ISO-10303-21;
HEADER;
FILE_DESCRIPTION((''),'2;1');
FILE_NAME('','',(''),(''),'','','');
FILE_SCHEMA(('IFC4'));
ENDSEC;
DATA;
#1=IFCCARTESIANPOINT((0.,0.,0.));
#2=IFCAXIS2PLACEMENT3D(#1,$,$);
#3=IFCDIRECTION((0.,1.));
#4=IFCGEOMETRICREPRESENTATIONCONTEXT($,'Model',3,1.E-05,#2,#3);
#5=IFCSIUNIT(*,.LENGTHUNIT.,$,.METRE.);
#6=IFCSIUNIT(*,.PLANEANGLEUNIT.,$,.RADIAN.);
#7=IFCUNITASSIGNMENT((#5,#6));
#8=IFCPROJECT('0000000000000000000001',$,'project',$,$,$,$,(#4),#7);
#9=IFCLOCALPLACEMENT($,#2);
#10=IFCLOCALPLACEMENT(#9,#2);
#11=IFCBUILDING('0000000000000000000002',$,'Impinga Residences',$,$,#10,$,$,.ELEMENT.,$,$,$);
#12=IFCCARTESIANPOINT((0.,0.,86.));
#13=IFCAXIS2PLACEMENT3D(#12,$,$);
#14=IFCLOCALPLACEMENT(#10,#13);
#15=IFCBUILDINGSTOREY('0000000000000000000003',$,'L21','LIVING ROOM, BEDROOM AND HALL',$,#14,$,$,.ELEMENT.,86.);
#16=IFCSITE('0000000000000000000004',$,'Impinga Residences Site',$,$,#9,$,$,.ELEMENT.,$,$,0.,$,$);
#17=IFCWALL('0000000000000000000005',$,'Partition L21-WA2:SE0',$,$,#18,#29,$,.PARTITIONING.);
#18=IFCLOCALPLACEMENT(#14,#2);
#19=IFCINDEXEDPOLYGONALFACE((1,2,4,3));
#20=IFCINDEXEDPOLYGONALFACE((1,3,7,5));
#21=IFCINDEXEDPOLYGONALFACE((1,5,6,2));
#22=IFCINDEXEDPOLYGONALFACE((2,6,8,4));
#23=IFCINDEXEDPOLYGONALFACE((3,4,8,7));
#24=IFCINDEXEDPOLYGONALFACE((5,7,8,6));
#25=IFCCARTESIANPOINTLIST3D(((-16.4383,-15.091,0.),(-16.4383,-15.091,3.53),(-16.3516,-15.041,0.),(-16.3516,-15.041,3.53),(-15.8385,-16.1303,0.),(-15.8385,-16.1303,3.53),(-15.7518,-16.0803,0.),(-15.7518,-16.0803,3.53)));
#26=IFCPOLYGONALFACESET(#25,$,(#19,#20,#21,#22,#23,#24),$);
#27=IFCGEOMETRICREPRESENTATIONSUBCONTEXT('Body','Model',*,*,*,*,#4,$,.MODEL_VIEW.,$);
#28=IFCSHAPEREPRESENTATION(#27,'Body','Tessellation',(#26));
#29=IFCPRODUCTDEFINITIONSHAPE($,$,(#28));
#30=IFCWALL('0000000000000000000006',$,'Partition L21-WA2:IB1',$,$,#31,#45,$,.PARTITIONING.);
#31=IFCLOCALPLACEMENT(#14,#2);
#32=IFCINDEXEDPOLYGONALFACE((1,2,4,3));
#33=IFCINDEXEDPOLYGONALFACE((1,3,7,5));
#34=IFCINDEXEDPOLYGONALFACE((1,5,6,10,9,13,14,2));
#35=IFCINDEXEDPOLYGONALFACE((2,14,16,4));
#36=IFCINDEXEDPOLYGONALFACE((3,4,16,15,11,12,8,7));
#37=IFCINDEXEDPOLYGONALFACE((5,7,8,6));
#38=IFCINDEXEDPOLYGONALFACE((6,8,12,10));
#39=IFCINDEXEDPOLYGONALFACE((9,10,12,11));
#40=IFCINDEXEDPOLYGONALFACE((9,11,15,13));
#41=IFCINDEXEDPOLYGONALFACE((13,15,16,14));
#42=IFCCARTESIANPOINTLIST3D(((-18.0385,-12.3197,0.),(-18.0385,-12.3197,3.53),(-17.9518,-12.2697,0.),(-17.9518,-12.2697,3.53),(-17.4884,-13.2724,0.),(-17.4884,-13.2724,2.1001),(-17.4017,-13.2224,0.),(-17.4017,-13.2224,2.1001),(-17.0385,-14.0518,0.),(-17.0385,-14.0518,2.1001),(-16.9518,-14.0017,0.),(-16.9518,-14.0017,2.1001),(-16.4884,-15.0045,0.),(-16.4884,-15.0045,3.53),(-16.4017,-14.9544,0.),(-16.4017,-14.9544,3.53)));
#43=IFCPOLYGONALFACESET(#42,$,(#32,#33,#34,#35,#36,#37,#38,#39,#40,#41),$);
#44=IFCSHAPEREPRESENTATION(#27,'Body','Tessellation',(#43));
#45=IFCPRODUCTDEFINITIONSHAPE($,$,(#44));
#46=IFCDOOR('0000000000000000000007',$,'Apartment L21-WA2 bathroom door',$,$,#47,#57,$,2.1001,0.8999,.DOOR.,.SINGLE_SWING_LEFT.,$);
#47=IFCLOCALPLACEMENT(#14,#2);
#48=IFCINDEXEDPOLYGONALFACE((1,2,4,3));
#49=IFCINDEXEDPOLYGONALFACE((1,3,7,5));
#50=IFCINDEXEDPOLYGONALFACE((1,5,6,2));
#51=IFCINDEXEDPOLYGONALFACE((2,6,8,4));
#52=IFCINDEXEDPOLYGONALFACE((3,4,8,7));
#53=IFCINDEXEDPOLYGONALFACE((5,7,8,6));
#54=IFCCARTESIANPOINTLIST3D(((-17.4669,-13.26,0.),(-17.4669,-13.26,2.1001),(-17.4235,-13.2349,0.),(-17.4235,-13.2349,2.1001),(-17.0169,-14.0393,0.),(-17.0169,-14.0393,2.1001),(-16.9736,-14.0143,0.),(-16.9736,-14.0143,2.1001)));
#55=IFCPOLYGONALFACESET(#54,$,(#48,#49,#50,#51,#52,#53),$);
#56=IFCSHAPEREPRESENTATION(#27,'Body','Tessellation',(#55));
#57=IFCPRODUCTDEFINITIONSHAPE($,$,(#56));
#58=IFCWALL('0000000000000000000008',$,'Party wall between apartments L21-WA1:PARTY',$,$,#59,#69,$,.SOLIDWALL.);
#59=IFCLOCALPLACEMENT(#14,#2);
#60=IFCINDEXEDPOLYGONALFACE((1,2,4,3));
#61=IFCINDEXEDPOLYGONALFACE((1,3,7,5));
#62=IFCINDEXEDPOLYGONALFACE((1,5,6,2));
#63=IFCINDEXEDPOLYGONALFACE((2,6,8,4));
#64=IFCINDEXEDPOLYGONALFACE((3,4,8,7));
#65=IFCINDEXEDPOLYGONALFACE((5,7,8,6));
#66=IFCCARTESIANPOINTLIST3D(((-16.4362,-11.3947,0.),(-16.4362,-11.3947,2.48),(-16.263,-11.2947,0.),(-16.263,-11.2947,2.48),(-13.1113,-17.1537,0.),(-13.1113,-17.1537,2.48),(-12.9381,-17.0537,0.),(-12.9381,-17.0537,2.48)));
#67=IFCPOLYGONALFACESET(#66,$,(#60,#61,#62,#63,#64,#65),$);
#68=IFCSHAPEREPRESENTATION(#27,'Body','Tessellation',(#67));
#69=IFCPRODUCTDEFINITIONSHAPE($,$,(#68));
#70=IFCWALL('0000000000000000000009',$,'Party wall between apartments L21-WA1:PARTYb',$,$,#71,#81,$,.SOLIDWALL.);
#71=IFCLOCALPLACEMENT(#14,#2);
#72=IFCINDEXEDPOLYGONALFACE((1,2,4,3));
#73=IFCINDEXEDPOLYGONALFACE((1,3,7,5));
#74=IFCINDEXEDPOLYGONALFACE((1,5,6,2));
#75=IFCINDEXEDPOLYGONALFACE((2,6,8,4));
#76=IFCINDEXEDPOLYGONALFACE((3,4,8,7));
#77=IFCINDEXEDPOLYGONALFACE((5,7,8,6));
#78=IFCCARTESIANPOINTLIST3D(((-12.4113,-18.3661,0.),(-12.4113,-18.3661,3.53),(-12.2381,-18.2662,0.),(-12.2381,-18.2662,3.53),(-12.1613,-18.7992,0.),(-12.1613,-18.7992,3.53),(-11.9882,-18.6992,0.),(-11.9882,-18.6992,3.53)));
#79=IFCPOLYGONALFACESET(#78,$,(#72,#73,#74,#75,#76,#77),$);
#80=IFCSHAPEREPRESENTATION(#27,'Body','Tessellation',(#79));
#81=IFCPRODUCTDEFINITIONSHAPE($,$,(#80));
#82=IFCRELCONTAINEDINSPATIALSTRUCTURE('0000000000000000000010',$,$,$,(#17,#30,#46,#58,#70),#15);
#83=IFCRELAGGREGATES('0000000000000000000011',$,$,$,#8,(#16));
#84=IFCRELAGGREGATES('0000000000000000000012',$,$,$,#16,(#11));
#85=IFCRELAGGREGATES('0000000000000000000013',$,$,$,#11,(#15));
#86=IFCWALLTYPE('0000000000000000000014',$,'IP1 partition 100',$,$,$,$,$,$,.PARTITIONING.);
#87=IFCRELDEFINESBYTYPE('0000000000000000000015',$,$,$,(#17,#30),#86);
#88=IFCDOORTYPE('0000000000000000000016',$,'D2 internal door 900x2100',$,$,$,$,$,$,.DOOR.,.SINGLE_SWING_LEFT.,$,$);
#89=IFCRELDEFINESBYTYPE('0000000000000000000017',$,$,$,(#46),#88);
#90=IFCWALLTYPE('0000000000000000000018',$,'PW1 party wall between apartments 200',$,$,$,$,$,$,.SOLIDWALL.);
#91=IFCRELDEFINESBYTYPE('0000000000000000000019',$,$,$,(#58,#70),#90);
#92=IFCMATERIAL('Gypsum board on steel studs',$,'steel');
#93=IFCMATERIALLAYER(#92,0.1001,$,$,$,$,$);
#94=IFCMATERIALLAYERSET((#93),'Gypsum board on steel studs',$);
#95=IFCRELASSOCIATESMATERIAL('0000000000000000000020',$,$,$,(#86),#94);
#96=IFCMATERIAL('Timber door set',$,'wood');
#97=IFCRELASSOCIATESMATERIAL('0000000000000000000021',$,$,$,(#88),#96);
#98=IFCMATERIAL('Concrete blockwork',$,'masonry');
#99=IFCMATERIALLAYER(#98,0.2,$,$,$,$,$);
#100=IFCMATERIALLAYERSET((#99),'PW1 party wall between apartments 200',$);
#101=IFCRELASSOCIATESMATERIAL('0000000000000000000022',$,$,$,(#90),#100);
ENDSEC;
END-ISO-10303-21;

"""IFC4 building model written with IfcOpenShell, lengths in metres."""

from ifc_helpers import new_model, si_unit, direction, frame, frame_2d, origin, place, context, subcontext, project, spatial, rectangle, extrude, material, layer, layer_set, type_object, element, fill, save


model = new_model("IFC4")

# Units and contexts
model_context = context("Model", 3, precision=1e-05, world=origin(), true_north=direction((0.0, 1.0)))
body_context = subcontext(model_context, "Body", "Model", "MODEL_VIEW")
ifc_project = project(units=[si_unit("LENGTHUNIT", "METRE"), si_unit("PLANEANGLEUNIT", "RADIAN")], contexts=[model_context])

# Site, building, storey
site_placement = place(None, origin())
site = spatial("IfcSite", under=ifc_project, at=site_placement, Name="Impinga Residences Site", CompositionType="ELEMENT", RefElevation=0.0)
building_placement = place(site_placement, origin())
building = spatial("IfcBuilding", under=site, at=building_placement, Name="Impinga Residences", CompositionType="ELEMENT")
storey_placement = place(building_placement, frame((0.0, 0.0, 86.0)))
storey = spatial("IfcBuildingStorey", under=building, at=storey_placement, Name="L21", Description="LIVING ROOM, BEDROOM AND HALL", CompositionType="ELEMENT", Elevation=86.0)

# Shared definitions
ifc_material_1 = material(Name="Gypsum board on steel studs", Category="steel")
ifc_layer_1 = layer(ifc_material_1, 0.1001)
ifc_layer_set_1 = layer_set([ifc_layer_1], Name="Gypsum board on steel studs")
wall_type_1 = type_object("IfcWallType", Name="IP1 partition 100", PredefinedType="PARTITIONING", material=ifc_layer_set_1)

# Shared definitions
ifc_material_2 = material(Name="Timber door set", Category="wood")
door_type = type_object("IfcDoorType", Name="D2 internal door 900x2100", OperationType="SINGLE_SWING_LEFT", PredefinedType="DOOR", material=ifc_material_2)

# Wall
wall_1_placement = place(storey_placement, frame((-16.395, -15.0659, 0.0), z_axis=(0.0, 0.0, 1.0), x_axis=(0.499881, -0.866094, 0.0)))
element("IfcWall", 1, at=wall_1_placement, inside=storey, type_object=wall_type_1, Name="Partition L21-WA2:SE0", PredefinedType="PARTITIONING", context=body_context, shape_type="SweptSolid", body=[
    extrude(rectangle(XDim=1.2, YDim=0.1001, at=frame_2d((0.6001, 0.0))), origin(), (0.0, 0.0, 1.0), 3.53),
])

# Wall, opening, door
wall_2_placement = place(storey_placement, frame((-17.9951, -12.2947, 0.0), z_axis=(0.0, 0.0, 1.0), x_axis=(0.499993, -0.86603, 0.0)))
wall_2 = element("IfcWall", 2, at=wall_2_placement, inside=storey, type_object=wall_type_1, Name="Partition L21-WA2:IB1", PredefinedType="PARTITIONING", context=body_context, shape_type="SweptSolid", body=[
    extrude(rectangle(XDim=3.1001, YDim=0.1001, at=frame_2d((1.55, 0.0))), origin(), (0.0, 0.0, 1.0), 3.53),
])
opening_1_placement = place(wall_2_placement, frame((1.1001, 0.0, 0.0)))
opening_1 = element("IfcOpeningElement", 3, at=opening_1_placement, cuts=wall_2, PredefinedType="OPENING", context=body_context, shape_type="SweptSolid", body=[
    extrude(rectangle(XDim=0.8999, YDim=2.1001, at=frame_2d((0.45, 1.05))), frame((0.0, 0.0601, 0.0), z_axis=(0.0, -1.0, 0.0), x_axis=(1.0, 0.0, 0.0)), (0.0, 0.0, 1.0), 0.1201),
])
door_1_placement = place(opening_1_placement, origin())
door_1 = element("IfcDoor", 4, at=door_1_placement, inside=storey, type_object=door_type, Name="Apartment L21-WA2 bathroom door", OperationType="SINGLE_SWING_LEFT", OverallHeight=2.1001, OverallWidth=0.8999, PredefinedType="DOOR", context=body_context, shape_type="SweptSolid", body=[
    extrude(rectangle(XDim=0.8999, YDim=2.1001, at=frame_2d((0.45, 1.05))), frame((0.0, 0.0249, 0.0), z_axis=(0.0, -1.0, 0.0), x_axis=(1.0, 0.0, 0.0)), (0.0, 0.0, 1.0), 0.05),
])
fill(opening_1, door_1)

# Walls
ifc_material_3 = material(Name="Concrete blockwork", Category="masonry")
ifc_layer_2 = layer(ifc_material_3, 0.2)
ifc_layer_set_2 = layer_set([ifc_layer_2], Name="PW1 party wall between apartments 200")
wall_type_2 = type_object("IfcWallType", Name="PW1 party wall between apartments 200", PredefinedType="SOLIDWALL", material=ifc_layer_set_2)
wall_3_placement = place(storey_placement, frame((-16.3496, -11.3447, 0.0), z_axis=(0.0, 0.0, 1.0), x_axis=(0.499997, -0.866027, 0.0)))
element("IfcWall", 5, at=wall_3_placement, inside=storey, type_object=wall_type_2, Name="Party wall between apartments L21-WA1:PARTY", PredefinedType="SOLIDWALL", context=body_context, shape_type="SweptSolid", body=[
    extrude(rectangle(XDim=6.6499, YDim=0.2, at=frame_2d((3.325, 0.0))), origin(), (0.0, 0.0, 1.0), 2.48),
])
wall_4_placement = place(storey_placement, frame((-12.3247, -18.3162, 0.0), z_axis=(0.0, 0.0, 1.0), x_axis=(0.49992, -0.866072, 0.0)))
element("IfcWall", 6, at=wall_4_placement, inside=storey, type_object=wall_type_2, Name="Party wall between apartments L21-WA1:PARTYb", PredefinedType="SOLIDWALL", context=body_context, shape_type="SweptSolid", body=[
    extrude(rectangle(XDim=0.5, YDim=0.2, at=frame_2d((0.25, 0.0))), origin(), (0.0, 0.0, 1.0), 3.53),
])

save(model, "model.ifc")
